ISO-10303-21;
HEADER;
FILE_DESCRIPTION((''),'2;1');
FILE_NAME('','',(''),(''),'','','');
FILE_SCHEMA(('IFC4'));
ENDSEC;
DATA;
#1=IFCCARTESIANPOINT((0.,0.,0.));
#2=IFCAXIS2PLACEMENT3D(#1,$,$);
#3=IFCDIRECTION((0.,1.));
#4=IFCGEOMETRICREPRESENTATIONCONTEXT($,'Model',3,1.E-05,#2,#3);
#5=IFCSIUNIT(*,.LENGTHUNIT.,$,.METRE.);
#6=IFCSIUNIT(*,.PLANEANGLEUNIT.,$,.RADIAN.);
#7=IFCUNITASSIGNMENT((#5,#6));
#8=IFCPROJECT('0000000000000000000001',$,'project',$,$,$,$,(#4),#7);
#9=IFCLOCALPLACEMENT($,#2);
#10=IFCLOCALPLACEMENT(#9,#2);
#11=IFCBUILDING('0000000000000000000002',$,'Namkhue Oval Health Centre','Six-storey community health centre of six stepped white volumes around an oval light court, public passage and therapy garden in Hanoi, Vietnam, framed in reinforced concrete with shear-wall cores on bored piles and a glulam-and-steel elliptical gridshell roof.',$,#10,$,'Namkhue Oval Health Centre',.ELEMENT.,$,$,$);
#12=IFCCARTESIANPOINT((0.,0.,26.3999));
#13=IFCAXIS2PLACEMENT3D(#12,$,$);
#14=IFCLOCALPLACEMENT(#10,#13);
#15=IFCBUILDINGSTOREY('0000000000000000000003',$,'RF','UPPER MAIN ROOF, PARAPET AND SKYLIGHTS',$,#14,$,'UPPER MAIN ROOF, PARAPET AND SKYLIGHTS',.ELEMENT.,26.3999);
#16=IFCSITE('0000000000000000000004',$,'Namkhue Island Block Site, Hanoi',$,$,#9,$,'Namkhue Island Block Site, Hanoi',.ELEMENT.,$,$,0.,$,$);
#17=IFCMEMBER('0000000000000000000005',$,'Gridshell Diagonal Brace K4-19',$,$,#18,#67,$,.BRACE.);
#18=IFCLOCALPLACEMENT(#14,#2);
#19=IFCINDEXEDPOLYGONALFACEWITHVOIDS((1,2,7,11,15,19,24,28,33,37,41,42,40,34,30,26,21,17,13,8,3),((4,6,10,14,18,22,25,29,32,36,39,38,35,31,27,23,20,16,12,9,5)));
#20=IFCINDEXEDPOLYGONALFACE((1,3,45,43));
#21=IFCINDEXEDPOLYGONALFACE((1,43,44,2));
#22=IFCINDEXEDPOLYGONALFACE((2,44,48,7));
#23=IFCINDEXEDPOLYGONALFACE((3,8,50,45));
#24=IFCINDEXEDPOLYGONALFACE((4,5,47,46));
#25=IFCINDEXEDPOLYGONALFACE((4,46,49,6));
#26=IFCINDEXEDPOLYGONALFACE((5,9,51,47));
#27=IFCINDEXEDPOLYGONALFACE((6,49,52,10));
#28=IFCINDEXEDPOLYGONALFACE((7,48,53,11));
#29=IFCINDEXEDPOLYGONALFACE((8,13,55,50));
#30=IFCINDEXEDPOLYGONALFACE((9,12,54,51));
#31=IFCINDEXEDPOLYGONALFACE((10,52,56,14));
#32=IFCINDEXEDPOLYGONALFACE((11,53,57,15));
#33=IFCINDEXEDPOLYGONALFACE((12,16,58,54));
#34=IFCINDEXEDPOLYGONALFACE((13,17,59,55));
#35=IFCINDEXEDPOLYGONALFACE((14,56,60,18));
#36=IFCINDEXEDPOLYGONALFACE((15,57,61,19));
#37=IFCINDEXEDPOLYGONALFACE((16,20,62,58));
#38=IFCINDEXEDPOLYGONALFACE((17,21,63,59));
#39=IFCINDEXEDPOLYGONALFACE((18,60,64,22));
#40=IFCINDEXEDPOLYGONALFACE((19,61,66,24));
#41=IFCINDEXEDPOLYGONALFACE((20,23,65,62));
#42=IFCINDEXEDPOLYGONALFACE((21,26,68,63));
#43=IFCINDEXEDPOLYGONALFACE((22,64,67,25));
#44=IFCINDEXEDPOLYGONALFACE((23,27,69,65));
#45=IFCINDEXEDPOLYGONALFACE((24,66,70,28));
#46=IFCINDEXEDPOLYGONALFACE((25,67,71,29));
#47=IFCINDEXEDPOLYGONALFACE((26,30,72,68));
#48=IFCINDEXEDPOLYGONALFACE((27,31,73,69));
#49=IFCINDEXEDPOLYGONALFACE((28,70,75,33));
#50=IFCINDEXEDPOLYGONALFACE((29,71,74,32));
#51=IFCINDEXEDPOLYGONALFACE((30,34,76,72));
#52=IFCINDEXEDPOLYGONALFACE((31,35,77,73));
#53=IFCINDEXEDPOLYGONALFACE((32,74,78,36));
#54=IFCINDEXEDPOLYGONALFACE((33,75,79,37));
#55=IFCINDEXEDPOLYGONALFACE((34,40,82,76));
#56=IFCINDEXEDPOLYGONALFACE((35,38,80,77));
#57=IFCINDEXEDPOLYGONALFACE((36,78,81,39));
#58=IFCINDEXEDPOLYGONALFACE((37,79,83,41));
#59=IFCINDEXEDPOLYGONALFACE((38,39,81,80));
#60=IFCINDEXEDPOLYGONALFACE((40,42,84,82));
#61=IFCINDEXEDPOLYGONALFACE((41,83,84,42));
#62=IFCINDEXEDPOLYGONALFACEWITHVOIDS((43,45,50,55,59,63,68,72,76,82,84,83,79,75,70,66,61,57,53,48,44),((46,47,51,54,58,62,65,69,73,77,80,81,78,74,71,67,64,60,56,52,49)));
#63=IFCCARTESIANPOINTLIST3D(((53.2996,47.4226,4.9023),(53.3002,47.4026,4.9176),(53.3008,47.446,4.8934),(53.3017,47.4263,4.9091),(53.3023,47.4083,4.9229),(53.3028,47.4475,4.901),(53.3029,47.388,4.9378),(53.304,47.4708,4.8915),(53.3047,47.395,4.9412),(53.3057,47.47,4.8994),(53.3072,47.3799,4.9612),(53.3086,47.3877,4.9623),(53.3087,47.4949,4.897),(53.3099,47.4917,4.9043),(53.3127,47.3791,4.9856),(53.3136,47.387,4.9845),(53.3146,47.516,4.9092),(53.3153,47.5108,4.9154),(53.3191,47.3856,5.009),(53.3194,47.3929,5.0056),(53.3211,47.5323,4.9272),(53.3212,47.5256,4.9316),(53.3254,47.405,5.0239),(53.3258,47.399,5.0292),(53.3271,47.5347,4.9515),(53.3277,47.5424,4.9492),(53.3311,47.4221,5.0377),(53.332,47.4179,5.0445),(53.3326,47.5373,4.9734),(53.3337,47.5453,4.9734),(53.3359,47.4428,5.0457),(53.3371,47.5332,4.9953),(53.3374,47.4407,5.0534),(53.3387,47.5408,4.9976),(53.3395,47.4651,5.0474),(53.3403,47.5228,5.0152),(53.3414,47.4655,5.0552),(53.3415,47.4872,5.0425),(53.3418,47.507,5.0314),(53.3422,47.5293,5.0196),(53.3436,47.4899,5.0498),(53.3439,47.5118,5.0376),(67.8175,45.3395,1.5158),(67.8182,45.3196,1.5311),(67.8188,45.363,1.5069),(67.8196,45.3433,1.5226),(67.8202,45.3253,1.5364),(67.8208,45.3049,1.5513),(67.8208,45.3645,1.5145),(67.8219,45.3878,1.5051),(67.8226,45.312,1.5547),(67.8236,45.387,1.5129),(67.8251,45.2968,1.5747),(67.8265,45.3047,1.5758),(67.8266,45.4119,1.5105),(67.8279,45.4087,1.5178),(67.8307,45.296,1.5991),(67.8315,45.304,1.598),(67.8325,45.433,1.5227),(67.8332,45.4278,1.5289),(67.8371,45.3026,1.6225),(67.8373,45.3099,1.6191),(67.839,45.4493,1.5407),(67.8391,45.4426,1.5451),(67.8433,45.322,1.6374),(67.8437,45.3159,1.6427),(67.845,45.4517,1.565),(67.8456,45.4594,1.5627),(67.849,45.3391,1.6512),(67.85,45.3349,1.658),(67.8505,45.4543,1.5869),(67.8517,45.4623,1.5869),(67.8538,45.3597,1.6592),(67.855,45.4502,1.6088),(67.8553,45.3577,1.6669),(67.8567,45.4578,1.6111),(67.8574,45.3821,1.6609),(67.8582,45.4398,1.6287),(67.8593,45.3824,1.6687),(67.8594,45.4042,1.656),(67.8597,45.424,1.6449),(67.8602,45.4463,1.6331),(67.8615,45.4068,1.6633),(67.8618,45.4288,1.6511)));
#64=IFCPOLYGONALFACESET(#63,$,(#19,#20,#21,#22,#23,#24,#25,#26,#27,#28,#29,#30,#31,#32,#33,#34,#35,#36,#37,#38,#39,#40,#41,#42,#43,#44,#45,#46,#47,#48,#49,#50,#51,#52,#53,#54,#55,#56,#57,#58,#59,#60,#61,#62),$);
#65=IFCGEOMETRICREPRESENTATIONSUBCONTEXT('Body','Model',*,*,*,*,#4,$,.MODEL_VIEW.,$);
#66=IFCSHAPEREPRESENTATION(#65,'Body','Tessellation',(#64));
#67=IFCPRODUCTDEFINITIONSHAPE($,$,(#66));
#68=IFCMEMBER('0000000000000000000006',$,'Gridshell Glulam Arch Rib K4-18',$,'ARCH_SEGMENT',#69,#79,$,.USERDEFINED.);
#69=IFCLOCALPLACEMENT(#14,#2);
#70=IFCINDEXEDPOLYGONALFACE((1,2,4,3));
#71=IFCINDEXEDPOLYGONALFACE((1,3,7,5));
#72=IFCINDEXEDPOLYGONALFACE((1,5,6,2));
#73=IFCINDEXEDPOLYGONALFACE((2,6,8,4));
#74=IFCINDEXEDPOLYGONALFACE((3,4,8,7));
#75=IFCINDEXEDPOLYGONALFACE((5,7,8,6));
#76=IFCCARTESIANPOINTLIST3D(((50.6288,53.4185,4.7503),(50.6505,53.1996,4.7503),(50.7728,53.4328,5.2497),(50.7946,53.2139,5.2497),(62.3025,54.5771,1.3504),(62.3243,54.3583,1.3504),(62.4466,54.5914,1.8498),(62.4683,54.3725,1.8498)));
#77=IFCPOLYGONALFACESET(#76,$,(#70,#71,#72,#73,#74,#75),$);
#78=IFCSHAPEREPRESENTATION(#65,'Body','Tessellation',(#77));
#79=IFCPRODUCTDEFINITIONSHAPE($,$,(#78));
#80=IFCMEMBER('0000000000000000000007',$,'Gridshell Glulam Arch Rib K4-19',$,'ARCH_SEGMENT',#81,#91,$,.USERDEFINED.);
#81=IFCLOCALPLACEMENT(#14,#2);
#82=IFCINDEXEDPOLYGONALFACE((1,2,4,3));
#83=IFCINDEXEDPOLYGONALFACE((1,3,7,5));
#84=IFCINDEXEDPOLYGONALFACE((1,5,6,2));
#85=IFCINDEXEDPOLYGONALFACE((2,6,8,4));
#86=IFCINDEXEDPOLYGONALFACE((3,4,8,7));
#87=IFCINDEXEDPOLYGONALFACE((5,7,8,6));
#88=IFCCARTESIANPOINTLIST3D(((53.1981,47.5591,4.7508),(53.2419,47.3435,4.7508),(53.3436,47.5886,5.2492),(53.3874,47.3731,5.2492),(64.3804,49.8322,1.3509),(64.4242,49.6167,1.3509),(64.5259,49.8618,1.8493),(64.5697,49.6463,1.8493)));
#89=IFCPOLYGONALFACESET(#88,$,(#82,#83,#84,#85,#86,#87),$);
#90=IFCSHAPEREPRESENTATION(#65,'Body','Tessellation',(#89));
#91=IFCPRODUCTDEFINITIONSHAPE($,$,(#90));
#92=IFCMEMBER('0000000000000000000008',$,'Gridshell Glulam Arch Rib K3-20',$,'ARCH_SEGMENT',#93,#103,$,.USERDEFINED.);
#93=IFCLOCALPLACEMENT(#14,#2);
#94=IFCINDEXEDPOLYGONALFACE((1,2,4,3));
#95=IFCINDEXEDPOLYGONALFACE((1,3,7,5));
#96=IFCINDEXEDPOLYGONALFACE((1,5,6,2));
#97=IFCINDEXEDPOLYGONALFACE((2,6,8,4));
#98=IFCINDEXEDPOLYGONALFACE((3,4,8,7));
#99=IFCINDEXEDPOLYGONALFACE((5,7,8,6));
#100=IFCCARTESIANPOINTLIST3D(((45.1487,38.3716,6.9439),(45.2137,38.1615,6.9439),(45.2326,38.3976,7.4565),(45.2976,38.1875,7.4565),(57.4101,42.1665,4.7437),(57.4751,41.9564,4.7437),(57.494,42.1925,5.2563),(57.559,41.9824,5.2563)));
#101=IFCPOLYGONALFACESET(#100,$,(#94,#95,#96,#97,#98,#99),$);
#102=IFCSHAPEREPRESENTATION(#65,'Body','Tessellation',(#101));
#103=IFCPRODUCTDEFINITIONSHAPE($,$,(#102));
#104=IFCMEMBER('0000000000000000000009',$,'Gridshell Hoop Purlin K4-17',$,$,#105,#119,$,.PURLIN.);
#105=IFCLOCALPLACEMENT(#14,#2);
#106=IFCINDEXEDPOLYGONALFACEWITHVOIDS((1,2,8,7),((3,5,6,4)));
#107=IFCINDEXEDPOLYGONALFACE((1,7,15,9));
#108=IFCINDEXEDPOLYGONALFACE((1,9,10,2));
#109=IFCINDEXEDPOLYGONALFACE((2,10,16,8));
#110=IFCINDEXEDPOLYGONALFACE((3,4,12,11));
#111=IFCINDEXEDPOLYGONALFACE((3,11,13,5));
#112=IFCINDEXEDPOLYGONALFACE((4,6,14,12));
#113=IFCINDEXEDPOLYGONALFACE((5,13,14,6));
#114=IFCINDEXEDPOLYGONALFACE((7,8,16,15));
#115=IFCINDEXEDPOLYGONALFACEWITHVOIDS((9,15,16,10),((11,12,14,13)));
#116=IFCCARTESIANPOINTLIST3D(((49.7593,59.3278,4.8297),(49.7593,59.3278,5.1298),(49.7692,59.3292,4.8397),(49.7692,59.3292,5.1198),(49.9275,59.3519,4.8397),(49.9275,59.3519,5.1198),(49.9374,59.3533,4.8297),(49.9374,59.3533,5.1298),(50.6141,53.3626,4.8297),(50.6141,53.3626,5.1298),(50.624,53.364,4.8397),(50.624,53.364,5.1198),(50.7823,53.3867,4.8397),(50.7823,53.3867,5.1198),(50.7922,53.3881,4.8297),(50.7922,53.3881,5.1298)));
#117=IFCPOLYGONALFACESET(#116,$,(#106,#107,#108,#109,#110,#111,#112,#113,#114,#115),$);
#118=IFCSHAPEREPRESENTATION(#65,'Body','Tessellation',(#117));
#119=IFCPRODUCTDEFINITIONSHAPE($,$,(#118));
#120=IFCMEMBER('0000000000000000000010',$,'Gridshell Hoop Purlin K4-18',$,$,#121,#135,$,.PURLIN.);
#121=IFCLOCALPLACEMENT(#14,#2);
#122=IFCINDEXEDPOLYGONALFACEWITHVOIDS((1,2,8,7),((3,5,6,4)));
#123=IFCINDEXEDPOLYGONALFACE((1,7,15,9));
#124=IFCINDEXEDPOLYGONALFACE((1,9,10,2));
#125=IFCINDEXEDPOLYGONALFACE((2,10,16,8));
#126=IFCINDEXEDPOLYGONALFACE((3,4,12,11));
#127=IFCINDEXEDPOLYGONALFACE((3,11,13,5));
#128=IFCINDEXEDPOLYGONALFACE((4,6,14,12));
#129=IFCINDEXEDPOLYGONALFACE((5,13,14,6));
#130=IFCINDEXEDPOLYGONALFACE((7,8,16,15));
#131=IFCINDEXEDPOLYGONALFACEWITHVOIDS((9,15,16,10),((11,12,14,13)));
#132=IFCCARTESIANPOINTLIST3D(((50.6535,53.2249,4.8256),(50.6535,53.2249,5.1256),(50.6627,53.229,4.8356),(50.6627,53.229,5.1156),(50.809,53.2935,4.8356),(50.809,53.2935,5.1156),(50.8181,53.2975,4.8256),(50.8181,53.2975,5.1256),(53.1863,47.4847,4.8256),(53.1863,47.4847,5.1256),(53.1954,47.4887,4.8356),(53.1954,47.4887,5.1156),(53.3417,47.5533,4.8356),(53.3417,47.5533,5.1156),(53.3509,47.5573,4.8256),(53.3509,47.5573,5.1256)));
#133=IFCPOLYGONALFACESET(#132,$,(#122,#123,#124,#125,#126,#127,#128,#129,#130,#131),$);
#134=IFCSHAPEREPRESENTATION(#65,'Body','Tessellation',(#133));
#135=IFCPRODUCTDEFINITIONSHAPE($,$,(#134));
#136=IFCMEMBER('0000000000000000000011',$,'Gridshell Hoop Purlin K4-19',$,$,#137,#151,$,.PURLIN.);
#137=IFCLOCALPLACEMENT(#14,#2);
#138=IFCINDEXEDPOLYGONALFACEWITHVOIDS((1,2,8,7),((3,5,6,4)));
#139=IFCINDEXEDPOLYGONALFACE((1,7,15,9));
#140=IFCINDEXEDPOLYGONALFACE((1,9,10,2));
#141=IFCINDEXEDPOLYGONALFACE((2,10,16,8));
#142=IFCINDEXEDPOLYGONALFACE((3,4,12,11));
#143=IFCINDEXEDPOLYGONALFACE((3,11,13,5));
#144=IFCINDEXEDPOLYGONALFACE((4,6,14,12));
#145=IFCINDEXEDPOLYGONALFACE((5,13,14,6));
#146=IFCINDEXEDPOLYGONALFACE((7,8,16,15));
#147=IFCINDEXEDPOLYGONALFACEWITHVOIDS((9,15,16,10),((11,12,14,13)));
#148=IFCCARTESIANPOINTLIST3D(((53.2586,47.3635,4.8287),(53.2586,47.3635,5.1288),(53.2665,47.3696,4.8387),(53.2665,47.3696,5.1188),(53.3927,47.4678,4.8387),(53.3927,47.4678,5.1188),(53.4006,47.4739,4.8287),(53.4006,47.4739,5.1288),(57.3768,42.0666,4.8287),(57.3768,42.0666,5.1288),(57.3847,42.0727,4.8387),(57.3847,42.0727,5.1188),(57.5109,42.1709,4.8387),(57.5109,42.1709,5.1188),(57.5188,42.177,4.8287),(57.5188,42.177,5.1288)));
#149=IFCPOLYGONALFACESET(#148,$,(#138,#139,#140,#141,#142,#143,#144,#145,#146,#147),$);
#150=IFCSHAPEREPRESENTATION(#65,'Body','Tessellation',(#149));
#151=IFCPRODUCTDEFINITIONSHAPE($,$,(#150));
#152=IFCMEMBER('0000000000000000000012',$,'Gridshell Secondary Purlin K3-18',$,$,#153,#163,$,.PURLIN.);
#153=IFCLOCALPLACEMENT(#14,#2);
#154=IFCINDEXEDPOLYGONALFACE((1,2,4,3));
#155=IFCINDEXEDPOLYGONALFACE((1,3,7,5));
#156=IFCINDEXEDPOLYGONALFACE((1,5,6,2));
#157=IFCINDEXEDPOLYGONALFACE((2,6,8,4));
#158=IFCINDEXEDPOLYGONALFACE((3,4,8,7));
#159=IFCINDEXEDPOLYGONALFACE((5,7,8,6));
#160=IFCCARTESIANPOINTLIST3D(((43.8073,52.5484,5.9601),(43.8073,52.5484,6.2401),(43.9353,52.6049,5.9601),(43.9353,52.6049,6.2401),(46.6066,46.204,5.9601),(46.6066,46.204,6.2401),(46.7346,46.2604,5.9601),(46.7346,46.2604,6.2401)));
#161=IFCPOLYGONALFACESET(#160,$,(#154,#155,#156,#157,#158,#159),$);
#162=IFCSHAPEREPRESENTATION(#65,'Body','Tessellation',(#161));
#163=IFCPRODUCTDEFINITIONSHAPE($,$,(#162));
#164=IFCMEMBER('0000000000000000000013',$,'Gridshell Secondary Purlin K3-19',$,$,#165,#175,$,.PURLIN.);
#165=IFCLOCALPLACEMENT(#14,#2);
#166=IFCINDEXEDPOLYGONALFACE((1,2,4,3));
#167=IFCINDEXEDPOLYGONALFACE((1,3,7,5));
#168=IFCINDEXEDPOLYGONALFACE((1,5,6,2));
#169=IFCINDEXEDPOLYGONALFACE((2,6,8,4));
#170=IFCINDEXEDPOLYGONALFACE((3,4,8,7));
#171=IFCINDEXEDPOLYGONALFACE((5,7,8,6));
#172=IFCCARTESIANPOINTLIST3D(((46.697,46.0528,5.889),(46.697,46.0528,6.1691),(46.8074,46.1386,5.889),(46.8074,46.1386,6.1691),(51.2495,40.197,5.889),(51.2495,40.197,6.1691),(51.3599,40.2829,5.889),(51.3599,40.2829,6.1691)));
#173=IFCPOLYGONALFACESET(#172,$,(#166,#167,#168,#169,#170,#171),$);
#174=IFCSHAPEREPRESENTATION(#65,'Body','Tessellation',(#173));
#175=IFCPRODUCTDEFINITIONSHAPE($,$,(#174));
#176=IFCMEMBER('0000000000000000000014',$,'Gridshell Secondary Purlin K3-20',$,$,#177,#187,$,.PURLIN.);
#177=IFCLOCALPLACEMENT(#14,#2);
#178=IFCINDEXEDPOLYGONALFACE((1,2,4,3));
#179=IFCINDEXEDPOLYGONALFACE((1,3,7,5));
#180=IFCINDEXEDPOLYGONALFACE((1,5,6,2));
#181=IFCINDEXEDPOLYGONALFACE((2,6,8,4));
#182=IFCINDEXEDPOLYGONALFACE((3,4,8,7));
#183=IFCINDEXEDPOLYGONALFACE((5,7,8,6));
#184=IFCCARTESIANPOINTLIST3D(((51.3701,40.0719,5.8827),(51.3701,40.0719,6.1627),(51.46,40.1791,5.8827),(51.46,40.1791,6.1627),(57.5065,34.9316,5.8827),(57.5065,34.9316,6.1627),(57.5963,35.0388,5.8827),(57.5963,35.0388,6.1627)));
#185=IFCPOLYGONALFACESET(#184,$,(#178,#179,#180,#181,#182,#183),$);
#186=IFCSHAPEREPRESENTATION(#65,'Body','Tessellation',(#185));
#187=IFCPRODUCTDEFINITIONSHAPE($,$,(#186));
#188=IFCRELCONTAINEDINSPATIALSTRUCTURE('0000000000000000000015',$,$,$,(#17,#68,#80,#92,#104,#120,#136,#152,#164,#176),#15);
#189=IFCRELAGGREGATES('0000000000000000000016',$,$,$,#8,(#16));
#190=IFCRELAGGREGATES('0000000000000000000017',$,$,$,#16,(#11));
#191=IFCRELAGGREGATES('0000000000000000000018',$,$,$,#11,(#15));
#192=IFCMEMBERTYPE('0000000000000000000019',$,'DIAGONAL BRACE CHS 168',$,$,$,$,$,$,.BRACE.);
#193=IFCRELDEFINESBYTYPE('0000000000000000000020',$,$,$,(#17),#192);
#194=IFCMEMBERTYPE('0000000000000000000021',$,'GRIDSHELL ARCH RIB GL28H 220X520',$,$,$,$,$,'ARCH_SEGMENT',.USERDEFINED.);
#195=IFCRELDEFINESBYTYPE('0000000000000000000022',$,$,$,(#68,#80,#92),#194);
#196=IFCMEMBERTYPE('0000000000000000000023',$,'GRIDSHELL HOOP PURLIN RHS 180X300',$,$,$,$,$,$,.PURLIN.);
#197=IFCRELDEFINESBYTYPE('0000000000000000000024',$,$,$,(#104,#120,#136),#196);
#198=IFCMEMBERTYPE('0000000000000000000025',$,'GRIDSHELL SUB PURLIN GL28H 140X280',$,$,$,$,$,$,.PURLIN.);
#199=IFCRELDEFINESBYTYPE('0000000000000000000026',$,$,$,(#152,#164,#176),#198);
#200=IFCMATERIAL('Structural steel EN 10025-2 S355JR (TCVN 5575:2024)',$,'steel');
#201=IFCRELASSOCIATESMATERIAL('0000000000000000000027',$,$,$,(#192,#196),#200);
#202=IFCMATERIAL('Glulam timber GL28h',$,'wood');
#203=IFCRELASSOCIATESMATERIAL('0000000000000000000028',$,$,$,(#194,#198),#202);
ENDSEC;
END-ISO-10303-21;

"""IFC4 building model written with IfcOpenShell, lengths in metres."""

from ifc_helpers import new_model, si_unit, direction, frame, origin, origin_2d, place, context, subcontext, project, spatial, rectangle, hollow_rectangle, hollow_circle, extrude, material, material_profile, profile_set, type_object, element, save


model = new_model("IFC4")

# Units and contexts
model_context = context("Model", 3, precision=1e-05, world=origin(), true_north=direction((0.0, 1.0)))
body_context = subcontext(model_context, "Body", "Model", "MODEL_VIEW")
ifc_project = project(units=[si_unit("LENGTHUNIT", "METRE"), si_unit("PLANEANGLEUNIT", "RADIAN")], contexts=[model_context])

# Site, building, storey
site_placement = place(None, origin())
site = spatial("IfcSite", under=ifc_project, at=site_placement, Name="Namkhue Island Block Site, Hanoi", LongName="Namkhue Island Block Site, Hanoi", CompositionType="ELEMENT", RefElevation=0.0)
building_placement = place(site_placement, origin())
building = spatial("IfcBuilding", under=site, at=building_placement, Name="Namkhue Oval Health Centre", Description="Six-storey community health centre of six stepped white volumes around an oval light court, public passage and therapy garden in Hanoi, Vietnam, framed in reinforced concrete with shear-wall cores on bored piles and a glulam-and-steel elliptical gridshell roof.", LongName="Namkhue Oval Health Centre", CompositionType="ELEMENT")
storey_placement = place(building_placement, frame((0.0, 0.0, 26.3999)))
storey = spatial("IfcBuildingStorey", under=building, at=storey_placement, Name="RF", Description="UPPER MAIN ROOF, PARAPET AND SKYLIGHTS", LongName="UPPER MAIN ROOF, PARAPET AND SKYLIGHTS", CompositionType="ELEMENT", Elevation=26.3999)

# Members
ifc_material_1 = material(Name="Structural steel EN 10025-2 S355JR (TCVN 5575:2024)", Category="steel")
ifc_material_profile_1 = material_profile(ifc_material_1, hollow_circle(Radius=0.0842, WallThickness=0.0081, at=origin_2d()), Name="CHS 168.3x8")
ifc_profile_set_1 = profile_set([ifc_material_profile_1], Name="Structural steel EN 10025-2 S355JR (TCVN 5575:2024)")
member_type_1 = type_object("IfcMemberType", Name="DIAGONAL BRACE CHS 168", PredefinedType="BRACE", material=ifc_profile_set_1)
member_1_placement = place(storey_placement, frame((53.3218, 47.4619, 4.9734), z_axis=(0.964487, -0.138384, -0.224979), x_axis=(0.142025, 0.989863, 0.0)))
element("IfcMember", 1, at=member_1_placement, inside=storey, type_object=member_type_1, Name="Gridshell Diagonal Brace K4-19", PredefinedType="BRACE", context=body_context, shape_type="SweptSolid", body=[
    extrude(hollow_circle(Radius=0.0842, WallThickness=0.0081, at=origin_2d()), origin(), (0.0, 0.0, 1.0), 15.0525),
])
ifc_material_2 = material(Name="Glulam timber GL28h", Category="wood")
ifc_material_profile_2 = material_profile(ifc_material_2, rectangle(XDim=0.22, YDim=0.52, at=origin_2d()), Name="GL28h 220x520")
ifc_profile_set_2 = profile_set([ifc_material_profile_2], Name="Glulam timber GL28h")
member_type_2 = type_object("IfcMemberType", Name="GRIDSHELL ARCH RIB GL28H 220X520", ElementType="ARCH_SEGMENT", PredefinedType="USERDEFINED", material=ifc_profile_set_2)
member_2_placement = place(storey_placement, frame((50.7117, 53.3162, 5.0), z_axis=(0.95578, 0.094866, -0.278363), x_axis=(-0.09877, 0.99511, 0.0)))
element("IfcMember", 2, at=member_2_placement, inside=storey, type_object=member_type_2, Name="Gridshell Glulam Arch Rib K4-18", ObjectType="ARCH_SEGMENT", PredefinedType="USERDEFINED", context=body_context, shape_type="SweptSolid", body=[
    extrude(rectangle(XDim=0.22, YDim=0.52, at=origin_2d()), origin(), (0.0, 0.0, 1.0), 12.2139),
])
member_3_placement = place(storey_placement, frame((53.2927, 47.4661, 5.0), z_axis=(0.939157, 0.190915, -0.285543), x_axis=(-0.199209, 0.979957, 0.0)))
element("IfcMember", 3, at=member_3_placement, inside=storey, type_object=member_type_2, Name="Gridshell Glulam Arch Rib K4-19", ObjectType="ARCH_SEGMENT", PredefinedType="USERDEFINED", context=body_context, shape_type="SweptSolid", body=[
    extrude(rectangle(XDim=0.22, YDim=0.52, at=origin_2d()), origin(), (0.0, 0.0, 1.0), 11.9067),
])
member_4_placement = place(storey_placement, frame((45.2231, 38.2795, 7.2002), z_axis=(0.941559, 0.291412, -0.168953), x_axis=(-0.295663, 0.955292, 0.0)))
element("IfcMember", 4, at=member_4_placement, inside=storey, type_object=member_type_2, Name="Gridshell Glulam Arch Rib K3-20", ObjectType="ARCH_SEGMENT", PredefinedType="USERDEFINED", context=body_context, shape_type="SweptSolid", body=[
    extrude(rectangle(XDim=0.22, YDim=0.52, at=origin_2d()), origin(), (0.0, 0.0, 1.0), 13.0225),
])
ifc_material_profile_3 = material_profile(ifc_material_1, hollow_rectangle(XDim=0.1799, YDim=0.3, WallThickness=0.01, at=origin_2d()), Name="RHS 180x300x10")
ifc_profile_set_3 = profile_set([ifc_material_profile_3], Name="Structural steel EN 10025-2 S355JR (TCVN 5575:2024)")
member_type_3 = type_object("IfcMemberType", Name="GRIDSHELL HOOP PURLIN RHS 180X300", PredefinedType="PURLIN", material=ifc_profile_set_3)
member_5_placement = place(storey_placement, frame((49.8484, 59.3406, 4.9797), z_axis=(0.141841, -0.989889, 0.0), x_axis=(0.989889, 0.141841, 0.0)))
element("IfcMember", 5, at=member_5_placement, inside=storey, type_object=member_type_3, Name="Gridshell Hoop Purlin K4-17", PredefinedType="PURLIN", context=body_context, shape_type="SweptSolid", body=[
    extrude(hollow_rectangle(XDim=0.1799, YDim=0.3, WallThickness=0.01, at=origin_2d()), origin(), (0.0, 0.0, 1.0), 6.0261),
])
member_6_placement = place(storey_placement, frame((50.7358, 53.2612, 4.9756), z_axis=(0.403675, -0.914903, 0.0), x_axis=(0.914903, 0.403675, 0.0)))
element("IfcMember", 6, at=member_6_placement, inside=storey, type_object=member_type_3, Name="Gridshell Hoop Purlin K4-18", PredefinedType="PURLIN", context=body_context, shape_type="SweptSolid", body=[
    extrude(hollow_rectangle(XDim=0.1799, YDim=0.3, WallThickness=0.01, at=origin_2d()), origin(), (0.0, 0.0, 1.0), 6.2742),
])
member_7_placement = place(storey_placement, frame((53.3296, 47.4187, 4.9788), z_axis=(0.613789, -0.78947, 0.0), x_axis=(0.78947, 0.613789, 0.0)))
element("IfcMember", 7, at=member_7_placement, inside=storey, type_object=member_type_3, Name="Gridshell Hoop Purlin K4-19", PredefinedType="PURLIN", context=body_context, shape_type="SweptSolid", body=[
    extrude(hollow_rectangle(XDim=0.1799, YDim=0.3, WallThickness=0.01, at=origin_2d()), origin(), (0.0, 0.0, 1.0), 6.7095),
])
ifc_material_profile_4 = material_profile(ifc_material_2, rectangle(XDim=0.1399, YDim=0.28, at=origin_2d()), Name="GL28h 140x280")
ifc_profile_set_4 = profile_set([ifc_material_profile_4], Name="Glulam timber GL28h")
member_type_4 = type_object("IfcMemberType", Name="GRIDSHELL SUB PURLIN GL28H 140X280", PredefinedType="PURLIN", material=ifc_profile_set_4)
member_8_placement = place(storey_placement, frame((43.8713, 52.5767, 6.1001), z_axis=(0.403674, -0.914903, 0.0), x_axis=(0.914903, 0.403674, 0.0)))
element("IfcMember", 8, at=member_8_placement, inside=storey, type_object=member_type_4, Name="Gridshell Secondary Purlin K3-18", PredefinedType="PURLIN", context=body_context, shape_type="SweptSolid", body=[
    extrude(rectangle(XDim=0.1399, YDim=0.28, at=origin_2d()), origin(), (0.0, 0.0, 1.0), 6.9346),
])
member_9_placement = place(storey_placement, frame((46.7522, 46.0957, 6.0291), z_axis=(0.613777, -0.78948, 0.0), x_axis=(0.78948, 0.613777, 0.0)))
element("IfcMember", 9, at=member_9_placement, inside=storey, type_object=member_type_4, Name="Gridshell Secondary Purlin K3-19", PredefinedType="PURLIN", context=body_context, shape_type="SweptSolid", body=[
    extrude(rectangle(XDim=0.1399, YDim=0.28, at=origin_2d()), origin(), (0.0, 0.0, 1.0), 7.4172),
])
member_10_placement = place(storey_placement, frame((51.415, 40.1255, 6.0227), z_axis=(0.766581, -0.642147, 0.0), x_axis=(0.642147, 0.766581, 0.0)))
element("IfcMember", 10, at=member_10_placement, inside=storey, type_object=member_type_4, Name="Gridshell Secondary Purlin K3-20", PredefinedType="PURLIN", context=body_context, shape_type="SweptSolid", body=[
    extrude(rectangle(XDim=0.1399, YDim=0.28, at=origin_2d()), origin(), (0.0, 0.0, 1.0), 8.0049),
])

save(model, "model.ifc")
